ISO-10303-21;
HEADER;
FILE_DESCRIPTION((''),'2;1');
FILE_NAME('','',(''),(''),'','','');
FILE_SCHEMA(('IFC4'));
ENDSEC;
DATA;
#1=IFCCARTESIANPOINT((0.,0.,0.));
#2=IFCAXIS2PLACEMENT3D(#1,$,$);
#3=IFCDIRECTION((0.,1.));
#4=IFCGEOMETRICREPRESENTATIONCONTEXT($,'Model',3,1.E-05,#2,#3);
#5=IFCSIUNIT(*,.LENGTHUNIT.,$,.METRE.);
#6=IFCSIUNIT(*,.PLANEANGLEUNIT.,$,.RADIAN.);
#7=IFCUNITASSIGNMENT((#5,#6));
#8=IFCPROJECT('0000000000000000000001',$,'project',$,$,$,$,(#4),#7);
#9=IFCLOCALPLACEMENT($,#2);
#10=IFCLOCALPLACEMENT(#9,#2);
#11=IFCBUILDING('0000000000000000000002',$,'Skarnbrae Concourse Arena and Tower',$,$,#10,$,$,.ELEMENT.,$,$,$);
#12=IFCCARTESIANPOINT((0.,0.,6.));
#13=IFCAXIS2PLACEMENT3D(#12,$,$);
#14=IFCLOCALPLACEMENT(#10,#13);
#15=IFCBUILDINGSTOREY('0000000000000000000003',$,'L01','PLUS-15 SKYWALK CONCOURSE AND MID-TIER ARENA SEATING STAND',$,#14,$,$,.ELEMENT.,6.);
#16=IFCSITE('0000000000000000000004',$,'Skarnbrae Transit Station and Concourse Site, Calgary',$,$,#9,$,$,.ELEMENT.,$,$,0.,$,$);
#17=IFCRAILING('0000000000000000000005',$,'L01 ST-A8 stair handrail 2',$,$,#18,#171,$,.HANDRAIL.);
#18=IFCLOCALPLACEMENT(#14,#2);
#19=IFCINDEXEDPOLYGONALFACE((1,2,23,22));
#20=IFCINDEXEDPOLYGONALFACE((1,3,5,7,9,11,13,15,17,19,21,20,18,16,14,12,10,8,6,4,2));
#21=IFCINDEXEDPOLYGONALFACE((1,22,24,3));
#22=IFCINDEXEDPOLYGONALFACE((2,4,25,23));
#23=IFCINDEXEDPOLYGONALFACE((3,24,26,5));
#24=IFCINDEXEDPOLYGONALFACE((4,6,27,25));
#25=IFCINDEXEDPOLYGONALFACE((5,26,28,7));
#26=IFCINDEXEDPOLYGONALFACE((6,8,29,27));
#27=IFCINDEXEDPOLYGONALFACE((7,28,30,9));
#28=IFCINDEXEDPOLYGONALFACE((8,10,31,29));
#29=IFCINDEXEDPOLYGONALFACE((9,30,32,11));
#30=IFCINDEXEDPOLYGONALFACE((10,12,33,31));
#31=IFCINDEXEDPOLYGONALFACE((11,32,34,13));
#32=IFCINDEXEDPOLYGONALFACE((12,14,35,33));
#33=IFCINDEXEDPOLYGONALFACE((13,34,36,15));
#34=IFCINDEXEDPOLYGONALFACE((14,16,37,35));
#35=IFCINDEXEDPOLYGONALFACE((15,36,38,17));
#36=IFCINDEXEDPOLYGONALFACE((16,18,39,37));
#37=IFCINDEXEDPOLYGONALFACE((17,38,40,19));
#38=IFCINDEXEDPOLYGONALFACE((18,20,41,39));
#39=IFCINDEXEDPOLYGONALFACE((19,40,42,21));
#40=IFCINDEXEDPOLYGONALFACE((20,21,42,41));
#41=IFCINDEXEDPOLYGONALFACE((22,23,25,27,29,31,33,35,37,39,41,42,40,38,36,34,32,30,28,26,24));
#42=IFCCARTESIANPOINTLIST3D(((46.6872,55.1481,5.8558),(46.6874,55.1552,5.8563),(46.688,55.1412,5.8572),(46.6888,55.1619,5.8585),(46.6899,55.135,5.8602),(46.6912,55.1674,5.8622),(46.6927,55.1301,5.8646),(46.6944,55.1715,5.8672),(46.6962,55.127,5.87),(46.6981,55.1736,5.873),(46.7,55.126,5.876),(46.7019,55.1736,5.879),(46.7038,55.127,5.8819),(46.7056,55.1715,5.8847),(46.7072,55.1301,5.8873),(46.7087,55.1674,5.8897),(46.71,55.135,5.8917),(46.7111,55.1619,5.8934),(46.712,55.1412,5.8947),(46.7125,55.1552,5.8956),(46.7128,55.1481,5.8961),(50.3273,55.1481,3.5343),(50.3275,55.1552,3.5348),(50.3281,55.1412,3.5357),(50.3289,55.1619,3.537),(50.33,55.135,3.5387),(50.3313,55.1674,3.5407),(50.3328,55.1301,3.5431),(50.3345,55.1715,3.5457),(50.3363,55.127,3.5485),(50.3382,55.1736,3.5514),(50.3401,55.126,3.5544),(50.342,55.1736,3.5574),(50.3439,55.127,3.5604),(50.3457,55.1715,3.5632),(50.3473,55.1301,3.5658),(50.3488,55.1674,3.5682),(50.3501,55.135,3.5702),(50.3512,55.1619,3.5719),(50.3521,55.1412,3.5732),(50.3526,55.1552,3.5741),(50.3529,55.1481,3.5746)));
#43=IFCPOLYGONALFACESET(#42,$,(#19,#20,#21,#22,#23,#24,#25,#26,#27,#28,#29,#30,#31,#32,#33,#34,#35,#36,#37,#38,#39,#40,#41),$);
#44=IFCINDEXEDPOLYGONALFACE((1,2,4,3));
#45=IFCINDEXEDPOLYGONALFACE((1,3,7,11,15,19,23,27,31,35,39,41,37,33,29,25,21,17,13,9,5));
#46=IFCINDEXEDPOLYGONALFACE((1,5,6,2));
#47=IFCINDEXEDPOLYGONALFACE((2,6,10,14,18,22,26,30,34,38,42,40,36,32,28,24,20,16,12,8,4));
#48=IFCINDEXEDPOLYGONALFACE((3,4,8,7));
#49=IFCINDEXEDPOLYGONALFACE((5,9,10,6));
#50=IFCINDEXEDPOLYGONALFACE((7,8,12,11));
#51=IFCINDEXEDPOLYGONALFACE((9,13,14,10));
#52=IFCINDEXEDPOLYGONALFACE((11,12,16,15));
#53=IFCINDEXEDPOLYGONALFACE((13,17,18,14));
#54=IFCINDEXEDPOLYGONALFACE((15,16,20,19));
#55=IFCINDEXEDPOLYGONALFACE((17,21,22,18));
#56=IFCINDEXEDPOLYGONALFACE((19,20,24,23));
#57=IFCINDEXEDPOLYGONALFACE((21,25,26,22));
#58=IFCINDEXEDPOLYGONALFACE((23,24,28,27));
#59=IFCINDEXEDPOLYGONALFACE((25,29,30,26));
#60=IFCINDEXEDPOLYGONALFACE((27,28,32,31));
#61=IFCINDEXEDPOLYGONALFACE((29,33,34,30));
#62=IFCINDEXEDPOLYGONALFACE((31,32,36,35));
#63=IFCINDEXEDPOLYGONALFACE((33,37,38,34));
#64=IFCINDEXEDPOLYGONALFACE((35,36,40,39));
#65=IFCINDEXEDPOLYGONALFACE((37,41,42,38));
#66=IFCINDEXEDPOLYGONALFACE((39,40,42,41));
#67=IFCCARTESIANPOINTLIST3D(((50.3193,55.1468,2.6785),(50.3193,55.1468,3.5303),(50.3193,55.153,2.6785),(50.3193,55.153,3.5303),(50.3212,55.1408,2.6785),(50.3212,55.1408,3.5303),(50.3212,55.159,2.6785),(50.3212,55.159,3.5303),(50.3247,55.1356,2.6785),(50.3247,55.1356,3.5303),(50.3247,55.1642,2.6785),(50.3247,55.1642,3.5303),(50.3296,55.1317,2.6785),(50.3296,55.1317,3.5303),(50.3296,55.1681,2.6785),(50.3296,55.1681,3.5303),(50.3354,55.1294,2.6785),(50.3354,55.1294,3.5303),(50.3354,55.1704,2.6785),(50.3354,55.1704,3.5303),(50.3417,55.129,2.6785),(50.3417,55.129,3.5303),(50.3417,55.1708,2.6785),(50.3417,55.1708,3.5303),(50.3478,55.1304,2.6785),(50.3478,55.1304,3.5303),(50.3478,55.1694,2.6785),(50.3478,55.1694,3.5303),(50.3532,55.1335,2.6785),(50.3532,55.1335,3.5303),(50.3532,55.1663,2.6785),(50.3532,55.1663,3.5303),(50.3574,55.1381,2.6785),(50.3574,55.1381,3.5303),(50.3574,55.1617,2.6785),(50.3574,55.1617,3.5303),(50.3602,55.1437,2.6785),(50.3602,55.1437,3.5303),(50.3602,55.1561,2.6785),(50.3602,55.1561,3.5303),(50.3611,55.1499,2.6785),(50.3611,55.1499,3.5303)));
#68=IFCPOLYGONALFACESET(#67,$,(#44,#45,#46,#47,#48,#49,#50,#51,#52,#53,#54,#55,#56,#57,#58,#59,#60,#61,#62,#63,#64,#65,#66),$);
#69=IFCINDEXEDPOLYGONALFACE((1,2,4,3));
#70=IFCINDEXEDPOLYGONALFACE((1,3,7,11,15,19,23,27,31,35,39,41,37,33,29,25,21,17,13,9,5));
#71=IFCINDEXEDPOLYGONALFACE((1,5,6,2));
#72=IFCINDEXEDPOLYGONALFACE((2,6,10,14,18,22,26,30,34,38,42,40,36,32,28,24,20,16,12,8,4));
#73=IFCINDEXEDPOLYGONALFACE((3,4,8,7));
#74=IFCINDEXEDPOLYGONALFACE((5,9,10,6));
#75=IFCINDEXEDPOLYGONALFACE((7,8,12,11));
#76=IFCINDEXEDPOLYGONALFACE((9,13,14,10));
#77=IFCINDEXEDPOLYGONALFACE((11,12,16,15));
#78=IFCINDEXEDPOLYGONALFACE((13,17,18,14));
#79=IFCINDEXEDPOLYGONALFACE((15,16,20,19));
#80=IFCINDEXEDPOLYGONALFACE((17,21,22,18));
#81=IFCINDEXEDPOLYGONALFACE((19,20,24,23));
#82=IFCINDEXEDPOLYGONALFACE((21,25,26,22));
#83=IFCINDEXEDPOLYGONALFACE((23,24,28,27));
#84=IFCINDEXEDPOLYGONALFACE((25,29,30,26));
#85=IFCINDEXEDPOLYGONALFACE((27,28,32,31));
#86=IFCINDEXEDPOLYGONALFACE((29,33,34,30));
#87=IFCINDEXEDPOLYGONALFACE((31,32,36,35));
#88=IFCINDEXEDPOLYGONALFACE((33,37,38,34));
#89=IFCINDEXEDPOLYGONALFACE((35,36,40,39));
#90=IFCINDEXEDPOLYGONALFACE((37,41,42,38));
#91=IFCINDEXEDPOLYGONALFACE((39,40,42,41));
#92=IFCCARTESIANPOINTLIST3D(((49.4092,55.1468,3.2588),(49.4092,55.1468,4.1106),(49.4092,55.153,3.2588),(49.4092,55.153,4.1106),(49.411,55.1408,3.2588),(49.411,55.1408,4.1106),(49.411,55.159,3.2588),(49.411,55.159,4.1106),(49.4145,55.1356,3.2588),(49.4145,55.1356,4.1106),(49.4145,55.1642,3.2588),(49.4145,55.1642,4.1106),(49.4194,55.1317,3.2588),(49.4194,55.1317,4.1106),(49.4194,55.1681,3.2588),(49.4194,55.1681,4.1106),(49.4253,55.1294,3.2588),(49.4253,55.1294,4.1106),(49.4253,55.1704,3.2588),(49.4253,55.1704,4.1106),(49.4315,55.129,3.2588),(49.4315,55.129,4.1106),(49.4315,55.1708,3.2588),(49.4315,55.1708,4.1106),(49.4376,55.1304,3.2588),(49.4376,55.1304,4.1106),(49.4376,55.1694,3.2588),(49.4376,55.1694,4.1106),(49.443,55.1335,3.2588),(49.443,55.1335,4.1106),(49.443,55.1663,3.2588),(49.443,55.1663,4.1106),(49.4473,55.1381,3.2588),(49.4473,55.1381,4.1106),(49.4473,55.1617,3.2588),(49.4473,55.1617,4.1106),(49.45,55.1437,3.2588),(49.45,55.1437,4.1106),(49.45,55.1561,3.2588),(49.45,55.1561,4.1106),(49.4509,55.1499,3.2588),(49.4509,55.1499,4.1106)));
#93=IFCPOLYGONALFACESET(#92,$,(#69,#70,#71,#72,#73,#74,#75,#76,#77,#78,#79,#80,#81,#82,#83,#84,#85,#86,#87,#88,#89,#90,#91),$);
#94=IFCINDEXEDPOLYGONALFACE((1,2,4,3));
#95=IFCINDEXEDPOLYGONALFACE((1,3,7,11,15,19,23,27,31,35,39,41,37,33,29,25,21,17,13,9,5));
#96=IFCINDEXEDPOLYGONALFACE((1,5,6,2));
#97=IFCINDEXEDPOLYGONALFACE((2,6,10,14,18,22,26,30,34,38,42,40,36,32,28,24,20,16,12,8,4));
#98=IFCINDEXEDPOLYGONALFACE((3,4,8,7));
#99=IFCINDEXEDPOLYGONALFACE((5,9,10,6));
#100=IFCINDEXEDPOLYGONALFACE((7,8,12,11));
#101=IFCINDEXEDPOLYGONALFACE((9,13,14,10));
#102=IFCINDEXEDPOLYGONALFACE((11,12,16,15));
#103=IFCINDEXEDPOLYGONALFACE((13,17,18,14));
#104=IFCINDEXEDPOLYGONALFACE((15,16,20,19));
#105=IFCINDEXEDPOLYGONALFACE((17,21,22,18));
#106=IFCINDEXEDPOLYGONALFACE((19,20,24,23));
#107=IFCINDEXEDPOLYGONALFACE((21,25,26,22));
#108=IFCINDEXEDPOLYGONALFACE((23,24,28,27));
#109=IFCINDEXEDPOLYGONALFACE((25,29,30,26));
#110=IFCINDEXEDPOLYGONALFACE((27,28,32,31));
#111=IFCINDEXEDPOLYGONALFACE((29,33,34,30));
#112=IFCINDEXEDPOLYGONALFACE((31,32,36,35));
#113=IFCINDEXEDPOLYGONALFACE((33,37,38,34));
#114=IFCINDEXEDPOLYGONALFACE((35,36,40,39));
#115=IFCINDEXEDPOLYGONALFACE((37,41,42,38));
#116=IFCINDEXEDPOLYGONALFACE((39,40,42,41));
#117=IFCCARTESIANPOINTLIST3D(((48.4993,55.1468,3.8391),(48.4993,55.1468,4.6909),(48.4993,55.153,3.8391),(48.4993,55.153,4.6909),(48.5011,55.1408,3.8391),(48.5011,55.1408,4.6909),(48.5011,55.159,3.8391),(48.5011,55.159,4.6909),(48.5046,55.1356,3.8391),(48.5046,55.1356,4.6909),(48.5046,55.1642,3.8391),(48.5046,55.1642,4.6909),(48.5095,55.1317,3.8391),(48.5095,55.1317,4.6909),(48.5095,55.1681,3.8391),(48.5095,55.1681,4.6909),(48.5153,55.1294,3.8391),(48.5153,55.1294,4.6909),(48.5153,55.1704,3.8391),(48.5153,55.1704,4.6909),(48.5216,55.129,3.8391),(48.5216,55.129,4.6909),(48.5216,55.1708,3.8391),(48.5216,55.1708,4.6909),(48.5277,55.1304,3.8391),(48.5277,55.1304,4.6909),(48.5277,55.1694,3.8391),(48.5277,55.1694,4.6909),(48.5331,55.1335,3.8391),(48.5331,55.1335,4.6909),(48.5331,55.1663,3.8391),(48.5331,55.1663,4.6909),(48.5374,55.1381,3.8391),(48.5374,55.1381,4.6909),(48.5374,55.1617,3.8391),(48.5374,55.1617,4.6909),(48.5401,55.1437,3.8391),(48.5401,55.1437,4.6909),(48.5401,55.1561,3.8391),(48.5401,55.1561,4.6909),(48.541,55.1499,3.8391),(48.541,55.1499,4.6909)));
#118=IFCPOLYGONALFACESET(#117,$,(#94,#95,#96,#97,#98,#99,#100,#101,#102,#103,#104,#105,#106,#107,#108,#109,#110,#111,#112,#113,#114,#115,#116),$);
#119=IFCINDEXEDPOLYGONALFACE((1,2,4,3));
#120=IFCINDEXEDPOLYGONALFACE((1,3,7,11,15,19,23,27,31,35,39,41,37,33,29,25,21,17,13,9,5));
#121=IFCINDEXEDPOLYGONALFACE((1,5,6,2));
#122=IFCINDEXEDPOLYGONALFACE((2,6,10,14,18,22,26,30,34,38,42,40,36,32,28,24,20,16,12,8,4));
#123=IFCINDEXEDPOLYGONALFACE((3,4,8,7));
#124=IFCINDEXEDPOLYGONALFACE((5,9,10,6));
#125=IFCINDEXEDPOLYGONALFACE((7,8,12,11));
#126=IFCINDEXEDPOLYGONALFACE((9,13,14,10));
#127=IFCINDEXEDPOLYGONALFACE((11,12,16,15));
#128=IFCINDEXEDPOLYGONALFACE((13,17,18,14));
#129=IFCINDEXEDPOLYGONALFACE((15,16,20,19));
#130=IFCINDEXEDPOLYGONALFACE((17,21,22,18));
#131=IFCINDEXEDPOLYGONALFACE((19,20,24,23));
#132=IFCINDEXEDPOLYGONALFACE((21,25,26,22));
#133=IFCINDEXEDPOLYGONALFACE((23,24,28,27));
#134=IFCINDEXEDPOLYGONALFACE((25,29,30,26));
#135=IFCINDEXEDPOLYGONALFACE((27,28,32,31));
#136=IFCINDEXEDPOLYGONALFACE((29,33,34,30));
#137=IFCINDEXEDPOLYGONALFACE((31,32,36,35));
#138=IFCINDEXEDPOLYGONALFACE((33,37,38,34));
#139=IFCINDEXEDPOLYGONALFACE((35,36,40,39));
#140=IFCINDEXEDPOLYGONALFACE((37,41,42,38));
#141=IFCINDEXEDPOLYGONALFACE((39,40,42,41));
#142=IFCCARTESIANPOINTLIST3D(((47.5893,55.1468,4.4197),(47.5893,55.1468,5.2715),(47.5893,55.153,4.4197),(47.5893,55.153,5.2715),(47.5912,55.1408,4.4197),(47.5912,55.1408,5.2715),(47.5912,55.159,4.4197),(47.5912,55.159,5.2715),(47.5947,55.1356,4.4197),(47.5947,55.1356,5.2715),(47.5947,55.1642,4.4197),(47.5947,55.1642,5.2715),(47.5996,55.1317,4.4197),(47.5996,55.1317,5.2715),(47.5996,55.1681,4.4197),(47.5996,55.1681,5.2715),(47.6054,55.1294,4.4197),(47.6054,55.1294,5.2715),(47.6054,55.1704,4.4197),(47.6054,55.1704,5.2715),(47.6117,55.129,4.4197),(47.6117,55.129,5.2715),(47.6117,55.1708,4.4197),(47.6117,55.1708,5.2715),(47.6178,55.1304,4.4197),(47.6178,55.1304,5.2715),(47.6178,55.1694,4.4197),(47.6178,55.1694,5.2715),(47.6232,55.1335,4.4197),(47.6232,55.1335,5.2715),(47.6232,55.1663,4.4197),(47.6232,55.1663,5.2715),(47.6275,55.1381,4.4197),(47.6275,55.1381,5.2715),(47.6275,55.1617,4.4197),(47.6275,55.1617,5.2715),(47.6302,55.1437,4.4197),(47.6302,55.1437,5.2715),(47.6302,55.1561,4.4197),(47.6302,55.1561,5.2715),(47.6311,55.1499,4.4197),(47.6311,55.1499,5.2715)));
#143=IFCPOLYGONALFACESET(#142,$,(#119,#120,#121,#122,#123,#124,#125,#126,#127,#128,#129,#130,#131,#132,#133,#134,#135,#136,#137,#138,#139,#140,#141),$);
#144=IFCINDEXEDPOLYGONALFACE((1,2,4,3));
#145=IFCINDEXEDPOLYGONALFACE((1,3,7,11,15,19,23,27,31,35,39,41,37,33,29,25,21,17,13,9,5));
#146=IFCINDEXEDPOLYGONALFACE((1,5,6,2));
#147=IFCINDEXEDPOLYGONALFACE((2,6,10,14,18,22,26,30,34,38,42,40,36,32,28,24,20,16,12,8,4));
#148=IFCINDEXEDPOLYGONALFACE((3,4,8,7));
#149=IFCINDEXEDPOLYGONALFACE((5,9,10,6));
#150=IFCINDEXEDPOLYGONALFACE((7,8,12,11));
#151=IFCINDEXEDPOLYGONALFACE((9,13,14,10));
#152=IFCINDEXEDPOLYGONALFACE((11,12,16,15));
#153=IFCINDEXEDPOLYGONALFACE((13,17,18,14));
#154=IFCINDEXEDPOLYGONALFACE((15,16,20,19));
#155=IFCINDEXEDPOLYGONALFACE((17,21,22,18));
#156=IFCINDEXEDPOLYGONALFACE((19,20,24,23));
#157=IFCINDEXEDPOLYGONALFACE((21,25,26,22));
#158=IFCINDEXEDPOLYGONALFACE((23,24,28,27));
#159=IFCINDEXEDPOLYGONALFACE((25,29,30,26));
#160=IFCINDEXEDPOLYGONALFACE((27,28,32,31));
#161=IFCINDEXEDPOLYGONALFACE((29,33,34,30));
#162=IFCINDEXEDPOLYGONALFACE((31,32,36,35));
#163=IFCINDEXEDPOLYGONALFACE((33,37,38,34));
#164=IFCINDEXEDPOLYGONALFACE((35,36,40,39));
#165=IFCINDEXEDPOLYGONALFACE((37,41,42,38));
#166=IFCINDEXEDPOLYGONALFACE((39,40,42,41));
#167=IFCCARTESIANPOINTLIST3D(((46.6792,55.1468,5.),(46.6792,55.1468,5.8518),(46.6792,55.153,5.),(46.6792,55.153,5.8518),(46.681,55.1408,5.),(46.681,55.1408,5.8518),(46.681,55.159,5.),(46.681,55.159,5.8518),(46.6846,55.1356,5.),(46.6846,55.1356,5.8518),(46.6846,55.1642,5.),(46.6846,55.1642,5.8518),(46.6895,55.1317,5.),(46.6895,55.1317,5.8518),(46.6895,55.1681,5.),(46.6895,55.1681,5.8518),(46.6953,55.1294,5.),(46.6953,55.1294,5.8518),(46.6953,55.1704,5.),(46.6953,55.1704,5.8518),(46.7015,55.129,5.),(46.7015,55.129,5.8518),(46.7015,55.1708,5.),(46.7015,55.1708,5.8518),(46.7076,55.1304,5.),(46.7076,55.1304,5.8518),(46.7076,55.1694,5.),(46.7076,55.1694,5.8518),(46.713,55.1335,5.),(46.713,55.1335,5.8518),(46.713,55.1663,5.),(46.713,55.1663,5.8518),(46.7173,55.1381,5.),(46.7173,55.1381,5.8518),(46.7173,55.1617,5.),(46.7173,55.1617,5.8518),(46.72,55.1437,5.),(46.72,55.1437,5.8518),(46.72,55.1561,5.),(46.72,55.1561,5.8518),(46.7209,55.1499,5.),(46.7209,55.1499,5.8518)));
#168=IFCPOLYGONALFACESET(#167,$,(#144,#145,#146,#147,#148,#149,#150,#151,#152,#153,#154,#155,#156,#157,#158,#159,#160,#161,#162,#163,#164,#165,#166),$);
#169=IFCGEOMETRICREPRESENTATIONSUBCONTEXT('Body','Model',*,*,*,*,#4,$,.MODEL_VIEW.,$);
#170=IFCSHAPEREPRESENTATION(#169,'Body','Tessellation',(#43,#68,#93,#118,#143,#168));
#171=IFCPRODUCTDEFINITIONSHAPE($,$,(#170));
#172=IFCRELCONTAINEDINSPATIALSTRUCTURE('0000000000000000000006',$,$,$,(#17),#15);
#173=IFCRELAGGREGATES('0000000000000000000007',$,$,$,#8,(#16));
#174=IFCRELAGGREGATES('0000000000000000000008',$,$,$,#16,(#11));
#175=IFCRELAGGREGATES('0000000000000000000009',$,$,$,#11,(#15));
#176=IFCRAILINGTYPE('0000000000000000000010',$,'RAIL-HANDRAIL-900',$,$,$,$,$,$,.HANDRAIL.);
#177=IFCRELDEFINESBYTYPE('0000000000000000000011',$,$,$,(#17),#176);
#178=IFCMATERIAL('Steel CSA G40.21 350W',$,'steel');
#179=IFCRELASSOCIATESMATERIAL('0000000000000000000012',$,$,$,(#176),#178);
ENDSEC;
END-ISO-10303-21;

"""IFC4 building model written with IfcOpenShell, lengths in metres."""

from ifc_helpers import new_model, si_unit, direction, frame, origin, origin_2d, place, context, subcontext, project, spatial, circle, extrude, material, type_object, element, save


model = new_model("IFC4")

# Units and contexts
model_context = context("Model", 3, precision=1e-05, world=origin(), true_north=direction((0.0, 1.0)))
body_context = subcontext(model_context, "Body", "Model", "MODEL_VIEW")
ifc_project = project(units=[si_unit("LENGTHUNIT", "METRE"), si_unit("PLANEANGLEUNIT", "RADIAN")], contexts=[model_context])

# Site, building, storey
site_placement = place(None, origin())
site = spatial("IfcSite", under=ifc_project, at=site_placement, Name="Skarnbrae Transit Station and Concourse Site, Calgary", CompositionType="ELEMENT", RefElevation=0.0)
building_placement = place(site_placement, origin())
building = spatial("IfcBuilding", under=site, at=building_placement, Name="Skarnbrae Concourse Arena and Tower", CompositionType="ELEMENT")
storey_placement = place(building_placement, frame((0.0, 0.0, 6.0)))
storey = spatial("IfcBuildingStorey", under=building, at=storey_placement, Name="L01", Description="PLUS-15 SKYWALK CONCOURSE AND MID-TIER ARENA SEATING STAND", CompositionType="ELEMENT", Elevation=6.0)

# Shared definitions
ifc_material_1 = material(Name="Steel CSA G40.21 350W", Category="steel")

# Railing
railing_type_1 = type_object("IfcRailingType", Name="RAIL-HANDRAIL-900", PredefinedType="HANDRAIL", material=ifc_material_1)
railing_1_placement = place(storey_placement, frame((50.3401, 55.1499, 2.6785)))
element("IfcRailing", 1, at=railing_1_placement, inside=storey, type_object=railing_type_1, Name="L01 ST-A8 stair handrail 2", PredefinedType="HANDRAIL", context=body_context, shape_type="SweptSolid", body=[
    extrude(circle(Radius=0.0239, at=origin_2d()), frame((0.0, 0.0, 0.876), z_axis=(-0.843128, 0.0, 0.537713), x_axis=(0.0, -1.0, 0.0)), (0.0, 0.0, 1.0), 4.3174),
    extrude(circle(Radius=0.021, at=origin_2d()), origin(), (0.0, 0.0, 1.0), 0.8518),
    extrude(circle(Radius=0.021, at=origin_2d()), frame((-0.9102, 0.0, 0.5803)), (0.0, 0.0, 1.0), 0.8518),
    extrude(circle(Radius=0.021, at=origin_2d()), frame((-1.8201, 0.0, 1.1606)), (0.0, 0.0, 1.0), 0.8518),
    extrude(circle(Radius=0.021, at=origin_2d()), frame((-2.73, 0.0, 1.7412)), (0.0, 0.0, 1.0), 0.8518),
    extrude(circle(Radius=0.021, at=origin_2d()), frame((-3.6401, 0.0, 2.3215)), (0.0, 0.0, 1.0), 0.8518),
])

save(model, "model.ifc")
